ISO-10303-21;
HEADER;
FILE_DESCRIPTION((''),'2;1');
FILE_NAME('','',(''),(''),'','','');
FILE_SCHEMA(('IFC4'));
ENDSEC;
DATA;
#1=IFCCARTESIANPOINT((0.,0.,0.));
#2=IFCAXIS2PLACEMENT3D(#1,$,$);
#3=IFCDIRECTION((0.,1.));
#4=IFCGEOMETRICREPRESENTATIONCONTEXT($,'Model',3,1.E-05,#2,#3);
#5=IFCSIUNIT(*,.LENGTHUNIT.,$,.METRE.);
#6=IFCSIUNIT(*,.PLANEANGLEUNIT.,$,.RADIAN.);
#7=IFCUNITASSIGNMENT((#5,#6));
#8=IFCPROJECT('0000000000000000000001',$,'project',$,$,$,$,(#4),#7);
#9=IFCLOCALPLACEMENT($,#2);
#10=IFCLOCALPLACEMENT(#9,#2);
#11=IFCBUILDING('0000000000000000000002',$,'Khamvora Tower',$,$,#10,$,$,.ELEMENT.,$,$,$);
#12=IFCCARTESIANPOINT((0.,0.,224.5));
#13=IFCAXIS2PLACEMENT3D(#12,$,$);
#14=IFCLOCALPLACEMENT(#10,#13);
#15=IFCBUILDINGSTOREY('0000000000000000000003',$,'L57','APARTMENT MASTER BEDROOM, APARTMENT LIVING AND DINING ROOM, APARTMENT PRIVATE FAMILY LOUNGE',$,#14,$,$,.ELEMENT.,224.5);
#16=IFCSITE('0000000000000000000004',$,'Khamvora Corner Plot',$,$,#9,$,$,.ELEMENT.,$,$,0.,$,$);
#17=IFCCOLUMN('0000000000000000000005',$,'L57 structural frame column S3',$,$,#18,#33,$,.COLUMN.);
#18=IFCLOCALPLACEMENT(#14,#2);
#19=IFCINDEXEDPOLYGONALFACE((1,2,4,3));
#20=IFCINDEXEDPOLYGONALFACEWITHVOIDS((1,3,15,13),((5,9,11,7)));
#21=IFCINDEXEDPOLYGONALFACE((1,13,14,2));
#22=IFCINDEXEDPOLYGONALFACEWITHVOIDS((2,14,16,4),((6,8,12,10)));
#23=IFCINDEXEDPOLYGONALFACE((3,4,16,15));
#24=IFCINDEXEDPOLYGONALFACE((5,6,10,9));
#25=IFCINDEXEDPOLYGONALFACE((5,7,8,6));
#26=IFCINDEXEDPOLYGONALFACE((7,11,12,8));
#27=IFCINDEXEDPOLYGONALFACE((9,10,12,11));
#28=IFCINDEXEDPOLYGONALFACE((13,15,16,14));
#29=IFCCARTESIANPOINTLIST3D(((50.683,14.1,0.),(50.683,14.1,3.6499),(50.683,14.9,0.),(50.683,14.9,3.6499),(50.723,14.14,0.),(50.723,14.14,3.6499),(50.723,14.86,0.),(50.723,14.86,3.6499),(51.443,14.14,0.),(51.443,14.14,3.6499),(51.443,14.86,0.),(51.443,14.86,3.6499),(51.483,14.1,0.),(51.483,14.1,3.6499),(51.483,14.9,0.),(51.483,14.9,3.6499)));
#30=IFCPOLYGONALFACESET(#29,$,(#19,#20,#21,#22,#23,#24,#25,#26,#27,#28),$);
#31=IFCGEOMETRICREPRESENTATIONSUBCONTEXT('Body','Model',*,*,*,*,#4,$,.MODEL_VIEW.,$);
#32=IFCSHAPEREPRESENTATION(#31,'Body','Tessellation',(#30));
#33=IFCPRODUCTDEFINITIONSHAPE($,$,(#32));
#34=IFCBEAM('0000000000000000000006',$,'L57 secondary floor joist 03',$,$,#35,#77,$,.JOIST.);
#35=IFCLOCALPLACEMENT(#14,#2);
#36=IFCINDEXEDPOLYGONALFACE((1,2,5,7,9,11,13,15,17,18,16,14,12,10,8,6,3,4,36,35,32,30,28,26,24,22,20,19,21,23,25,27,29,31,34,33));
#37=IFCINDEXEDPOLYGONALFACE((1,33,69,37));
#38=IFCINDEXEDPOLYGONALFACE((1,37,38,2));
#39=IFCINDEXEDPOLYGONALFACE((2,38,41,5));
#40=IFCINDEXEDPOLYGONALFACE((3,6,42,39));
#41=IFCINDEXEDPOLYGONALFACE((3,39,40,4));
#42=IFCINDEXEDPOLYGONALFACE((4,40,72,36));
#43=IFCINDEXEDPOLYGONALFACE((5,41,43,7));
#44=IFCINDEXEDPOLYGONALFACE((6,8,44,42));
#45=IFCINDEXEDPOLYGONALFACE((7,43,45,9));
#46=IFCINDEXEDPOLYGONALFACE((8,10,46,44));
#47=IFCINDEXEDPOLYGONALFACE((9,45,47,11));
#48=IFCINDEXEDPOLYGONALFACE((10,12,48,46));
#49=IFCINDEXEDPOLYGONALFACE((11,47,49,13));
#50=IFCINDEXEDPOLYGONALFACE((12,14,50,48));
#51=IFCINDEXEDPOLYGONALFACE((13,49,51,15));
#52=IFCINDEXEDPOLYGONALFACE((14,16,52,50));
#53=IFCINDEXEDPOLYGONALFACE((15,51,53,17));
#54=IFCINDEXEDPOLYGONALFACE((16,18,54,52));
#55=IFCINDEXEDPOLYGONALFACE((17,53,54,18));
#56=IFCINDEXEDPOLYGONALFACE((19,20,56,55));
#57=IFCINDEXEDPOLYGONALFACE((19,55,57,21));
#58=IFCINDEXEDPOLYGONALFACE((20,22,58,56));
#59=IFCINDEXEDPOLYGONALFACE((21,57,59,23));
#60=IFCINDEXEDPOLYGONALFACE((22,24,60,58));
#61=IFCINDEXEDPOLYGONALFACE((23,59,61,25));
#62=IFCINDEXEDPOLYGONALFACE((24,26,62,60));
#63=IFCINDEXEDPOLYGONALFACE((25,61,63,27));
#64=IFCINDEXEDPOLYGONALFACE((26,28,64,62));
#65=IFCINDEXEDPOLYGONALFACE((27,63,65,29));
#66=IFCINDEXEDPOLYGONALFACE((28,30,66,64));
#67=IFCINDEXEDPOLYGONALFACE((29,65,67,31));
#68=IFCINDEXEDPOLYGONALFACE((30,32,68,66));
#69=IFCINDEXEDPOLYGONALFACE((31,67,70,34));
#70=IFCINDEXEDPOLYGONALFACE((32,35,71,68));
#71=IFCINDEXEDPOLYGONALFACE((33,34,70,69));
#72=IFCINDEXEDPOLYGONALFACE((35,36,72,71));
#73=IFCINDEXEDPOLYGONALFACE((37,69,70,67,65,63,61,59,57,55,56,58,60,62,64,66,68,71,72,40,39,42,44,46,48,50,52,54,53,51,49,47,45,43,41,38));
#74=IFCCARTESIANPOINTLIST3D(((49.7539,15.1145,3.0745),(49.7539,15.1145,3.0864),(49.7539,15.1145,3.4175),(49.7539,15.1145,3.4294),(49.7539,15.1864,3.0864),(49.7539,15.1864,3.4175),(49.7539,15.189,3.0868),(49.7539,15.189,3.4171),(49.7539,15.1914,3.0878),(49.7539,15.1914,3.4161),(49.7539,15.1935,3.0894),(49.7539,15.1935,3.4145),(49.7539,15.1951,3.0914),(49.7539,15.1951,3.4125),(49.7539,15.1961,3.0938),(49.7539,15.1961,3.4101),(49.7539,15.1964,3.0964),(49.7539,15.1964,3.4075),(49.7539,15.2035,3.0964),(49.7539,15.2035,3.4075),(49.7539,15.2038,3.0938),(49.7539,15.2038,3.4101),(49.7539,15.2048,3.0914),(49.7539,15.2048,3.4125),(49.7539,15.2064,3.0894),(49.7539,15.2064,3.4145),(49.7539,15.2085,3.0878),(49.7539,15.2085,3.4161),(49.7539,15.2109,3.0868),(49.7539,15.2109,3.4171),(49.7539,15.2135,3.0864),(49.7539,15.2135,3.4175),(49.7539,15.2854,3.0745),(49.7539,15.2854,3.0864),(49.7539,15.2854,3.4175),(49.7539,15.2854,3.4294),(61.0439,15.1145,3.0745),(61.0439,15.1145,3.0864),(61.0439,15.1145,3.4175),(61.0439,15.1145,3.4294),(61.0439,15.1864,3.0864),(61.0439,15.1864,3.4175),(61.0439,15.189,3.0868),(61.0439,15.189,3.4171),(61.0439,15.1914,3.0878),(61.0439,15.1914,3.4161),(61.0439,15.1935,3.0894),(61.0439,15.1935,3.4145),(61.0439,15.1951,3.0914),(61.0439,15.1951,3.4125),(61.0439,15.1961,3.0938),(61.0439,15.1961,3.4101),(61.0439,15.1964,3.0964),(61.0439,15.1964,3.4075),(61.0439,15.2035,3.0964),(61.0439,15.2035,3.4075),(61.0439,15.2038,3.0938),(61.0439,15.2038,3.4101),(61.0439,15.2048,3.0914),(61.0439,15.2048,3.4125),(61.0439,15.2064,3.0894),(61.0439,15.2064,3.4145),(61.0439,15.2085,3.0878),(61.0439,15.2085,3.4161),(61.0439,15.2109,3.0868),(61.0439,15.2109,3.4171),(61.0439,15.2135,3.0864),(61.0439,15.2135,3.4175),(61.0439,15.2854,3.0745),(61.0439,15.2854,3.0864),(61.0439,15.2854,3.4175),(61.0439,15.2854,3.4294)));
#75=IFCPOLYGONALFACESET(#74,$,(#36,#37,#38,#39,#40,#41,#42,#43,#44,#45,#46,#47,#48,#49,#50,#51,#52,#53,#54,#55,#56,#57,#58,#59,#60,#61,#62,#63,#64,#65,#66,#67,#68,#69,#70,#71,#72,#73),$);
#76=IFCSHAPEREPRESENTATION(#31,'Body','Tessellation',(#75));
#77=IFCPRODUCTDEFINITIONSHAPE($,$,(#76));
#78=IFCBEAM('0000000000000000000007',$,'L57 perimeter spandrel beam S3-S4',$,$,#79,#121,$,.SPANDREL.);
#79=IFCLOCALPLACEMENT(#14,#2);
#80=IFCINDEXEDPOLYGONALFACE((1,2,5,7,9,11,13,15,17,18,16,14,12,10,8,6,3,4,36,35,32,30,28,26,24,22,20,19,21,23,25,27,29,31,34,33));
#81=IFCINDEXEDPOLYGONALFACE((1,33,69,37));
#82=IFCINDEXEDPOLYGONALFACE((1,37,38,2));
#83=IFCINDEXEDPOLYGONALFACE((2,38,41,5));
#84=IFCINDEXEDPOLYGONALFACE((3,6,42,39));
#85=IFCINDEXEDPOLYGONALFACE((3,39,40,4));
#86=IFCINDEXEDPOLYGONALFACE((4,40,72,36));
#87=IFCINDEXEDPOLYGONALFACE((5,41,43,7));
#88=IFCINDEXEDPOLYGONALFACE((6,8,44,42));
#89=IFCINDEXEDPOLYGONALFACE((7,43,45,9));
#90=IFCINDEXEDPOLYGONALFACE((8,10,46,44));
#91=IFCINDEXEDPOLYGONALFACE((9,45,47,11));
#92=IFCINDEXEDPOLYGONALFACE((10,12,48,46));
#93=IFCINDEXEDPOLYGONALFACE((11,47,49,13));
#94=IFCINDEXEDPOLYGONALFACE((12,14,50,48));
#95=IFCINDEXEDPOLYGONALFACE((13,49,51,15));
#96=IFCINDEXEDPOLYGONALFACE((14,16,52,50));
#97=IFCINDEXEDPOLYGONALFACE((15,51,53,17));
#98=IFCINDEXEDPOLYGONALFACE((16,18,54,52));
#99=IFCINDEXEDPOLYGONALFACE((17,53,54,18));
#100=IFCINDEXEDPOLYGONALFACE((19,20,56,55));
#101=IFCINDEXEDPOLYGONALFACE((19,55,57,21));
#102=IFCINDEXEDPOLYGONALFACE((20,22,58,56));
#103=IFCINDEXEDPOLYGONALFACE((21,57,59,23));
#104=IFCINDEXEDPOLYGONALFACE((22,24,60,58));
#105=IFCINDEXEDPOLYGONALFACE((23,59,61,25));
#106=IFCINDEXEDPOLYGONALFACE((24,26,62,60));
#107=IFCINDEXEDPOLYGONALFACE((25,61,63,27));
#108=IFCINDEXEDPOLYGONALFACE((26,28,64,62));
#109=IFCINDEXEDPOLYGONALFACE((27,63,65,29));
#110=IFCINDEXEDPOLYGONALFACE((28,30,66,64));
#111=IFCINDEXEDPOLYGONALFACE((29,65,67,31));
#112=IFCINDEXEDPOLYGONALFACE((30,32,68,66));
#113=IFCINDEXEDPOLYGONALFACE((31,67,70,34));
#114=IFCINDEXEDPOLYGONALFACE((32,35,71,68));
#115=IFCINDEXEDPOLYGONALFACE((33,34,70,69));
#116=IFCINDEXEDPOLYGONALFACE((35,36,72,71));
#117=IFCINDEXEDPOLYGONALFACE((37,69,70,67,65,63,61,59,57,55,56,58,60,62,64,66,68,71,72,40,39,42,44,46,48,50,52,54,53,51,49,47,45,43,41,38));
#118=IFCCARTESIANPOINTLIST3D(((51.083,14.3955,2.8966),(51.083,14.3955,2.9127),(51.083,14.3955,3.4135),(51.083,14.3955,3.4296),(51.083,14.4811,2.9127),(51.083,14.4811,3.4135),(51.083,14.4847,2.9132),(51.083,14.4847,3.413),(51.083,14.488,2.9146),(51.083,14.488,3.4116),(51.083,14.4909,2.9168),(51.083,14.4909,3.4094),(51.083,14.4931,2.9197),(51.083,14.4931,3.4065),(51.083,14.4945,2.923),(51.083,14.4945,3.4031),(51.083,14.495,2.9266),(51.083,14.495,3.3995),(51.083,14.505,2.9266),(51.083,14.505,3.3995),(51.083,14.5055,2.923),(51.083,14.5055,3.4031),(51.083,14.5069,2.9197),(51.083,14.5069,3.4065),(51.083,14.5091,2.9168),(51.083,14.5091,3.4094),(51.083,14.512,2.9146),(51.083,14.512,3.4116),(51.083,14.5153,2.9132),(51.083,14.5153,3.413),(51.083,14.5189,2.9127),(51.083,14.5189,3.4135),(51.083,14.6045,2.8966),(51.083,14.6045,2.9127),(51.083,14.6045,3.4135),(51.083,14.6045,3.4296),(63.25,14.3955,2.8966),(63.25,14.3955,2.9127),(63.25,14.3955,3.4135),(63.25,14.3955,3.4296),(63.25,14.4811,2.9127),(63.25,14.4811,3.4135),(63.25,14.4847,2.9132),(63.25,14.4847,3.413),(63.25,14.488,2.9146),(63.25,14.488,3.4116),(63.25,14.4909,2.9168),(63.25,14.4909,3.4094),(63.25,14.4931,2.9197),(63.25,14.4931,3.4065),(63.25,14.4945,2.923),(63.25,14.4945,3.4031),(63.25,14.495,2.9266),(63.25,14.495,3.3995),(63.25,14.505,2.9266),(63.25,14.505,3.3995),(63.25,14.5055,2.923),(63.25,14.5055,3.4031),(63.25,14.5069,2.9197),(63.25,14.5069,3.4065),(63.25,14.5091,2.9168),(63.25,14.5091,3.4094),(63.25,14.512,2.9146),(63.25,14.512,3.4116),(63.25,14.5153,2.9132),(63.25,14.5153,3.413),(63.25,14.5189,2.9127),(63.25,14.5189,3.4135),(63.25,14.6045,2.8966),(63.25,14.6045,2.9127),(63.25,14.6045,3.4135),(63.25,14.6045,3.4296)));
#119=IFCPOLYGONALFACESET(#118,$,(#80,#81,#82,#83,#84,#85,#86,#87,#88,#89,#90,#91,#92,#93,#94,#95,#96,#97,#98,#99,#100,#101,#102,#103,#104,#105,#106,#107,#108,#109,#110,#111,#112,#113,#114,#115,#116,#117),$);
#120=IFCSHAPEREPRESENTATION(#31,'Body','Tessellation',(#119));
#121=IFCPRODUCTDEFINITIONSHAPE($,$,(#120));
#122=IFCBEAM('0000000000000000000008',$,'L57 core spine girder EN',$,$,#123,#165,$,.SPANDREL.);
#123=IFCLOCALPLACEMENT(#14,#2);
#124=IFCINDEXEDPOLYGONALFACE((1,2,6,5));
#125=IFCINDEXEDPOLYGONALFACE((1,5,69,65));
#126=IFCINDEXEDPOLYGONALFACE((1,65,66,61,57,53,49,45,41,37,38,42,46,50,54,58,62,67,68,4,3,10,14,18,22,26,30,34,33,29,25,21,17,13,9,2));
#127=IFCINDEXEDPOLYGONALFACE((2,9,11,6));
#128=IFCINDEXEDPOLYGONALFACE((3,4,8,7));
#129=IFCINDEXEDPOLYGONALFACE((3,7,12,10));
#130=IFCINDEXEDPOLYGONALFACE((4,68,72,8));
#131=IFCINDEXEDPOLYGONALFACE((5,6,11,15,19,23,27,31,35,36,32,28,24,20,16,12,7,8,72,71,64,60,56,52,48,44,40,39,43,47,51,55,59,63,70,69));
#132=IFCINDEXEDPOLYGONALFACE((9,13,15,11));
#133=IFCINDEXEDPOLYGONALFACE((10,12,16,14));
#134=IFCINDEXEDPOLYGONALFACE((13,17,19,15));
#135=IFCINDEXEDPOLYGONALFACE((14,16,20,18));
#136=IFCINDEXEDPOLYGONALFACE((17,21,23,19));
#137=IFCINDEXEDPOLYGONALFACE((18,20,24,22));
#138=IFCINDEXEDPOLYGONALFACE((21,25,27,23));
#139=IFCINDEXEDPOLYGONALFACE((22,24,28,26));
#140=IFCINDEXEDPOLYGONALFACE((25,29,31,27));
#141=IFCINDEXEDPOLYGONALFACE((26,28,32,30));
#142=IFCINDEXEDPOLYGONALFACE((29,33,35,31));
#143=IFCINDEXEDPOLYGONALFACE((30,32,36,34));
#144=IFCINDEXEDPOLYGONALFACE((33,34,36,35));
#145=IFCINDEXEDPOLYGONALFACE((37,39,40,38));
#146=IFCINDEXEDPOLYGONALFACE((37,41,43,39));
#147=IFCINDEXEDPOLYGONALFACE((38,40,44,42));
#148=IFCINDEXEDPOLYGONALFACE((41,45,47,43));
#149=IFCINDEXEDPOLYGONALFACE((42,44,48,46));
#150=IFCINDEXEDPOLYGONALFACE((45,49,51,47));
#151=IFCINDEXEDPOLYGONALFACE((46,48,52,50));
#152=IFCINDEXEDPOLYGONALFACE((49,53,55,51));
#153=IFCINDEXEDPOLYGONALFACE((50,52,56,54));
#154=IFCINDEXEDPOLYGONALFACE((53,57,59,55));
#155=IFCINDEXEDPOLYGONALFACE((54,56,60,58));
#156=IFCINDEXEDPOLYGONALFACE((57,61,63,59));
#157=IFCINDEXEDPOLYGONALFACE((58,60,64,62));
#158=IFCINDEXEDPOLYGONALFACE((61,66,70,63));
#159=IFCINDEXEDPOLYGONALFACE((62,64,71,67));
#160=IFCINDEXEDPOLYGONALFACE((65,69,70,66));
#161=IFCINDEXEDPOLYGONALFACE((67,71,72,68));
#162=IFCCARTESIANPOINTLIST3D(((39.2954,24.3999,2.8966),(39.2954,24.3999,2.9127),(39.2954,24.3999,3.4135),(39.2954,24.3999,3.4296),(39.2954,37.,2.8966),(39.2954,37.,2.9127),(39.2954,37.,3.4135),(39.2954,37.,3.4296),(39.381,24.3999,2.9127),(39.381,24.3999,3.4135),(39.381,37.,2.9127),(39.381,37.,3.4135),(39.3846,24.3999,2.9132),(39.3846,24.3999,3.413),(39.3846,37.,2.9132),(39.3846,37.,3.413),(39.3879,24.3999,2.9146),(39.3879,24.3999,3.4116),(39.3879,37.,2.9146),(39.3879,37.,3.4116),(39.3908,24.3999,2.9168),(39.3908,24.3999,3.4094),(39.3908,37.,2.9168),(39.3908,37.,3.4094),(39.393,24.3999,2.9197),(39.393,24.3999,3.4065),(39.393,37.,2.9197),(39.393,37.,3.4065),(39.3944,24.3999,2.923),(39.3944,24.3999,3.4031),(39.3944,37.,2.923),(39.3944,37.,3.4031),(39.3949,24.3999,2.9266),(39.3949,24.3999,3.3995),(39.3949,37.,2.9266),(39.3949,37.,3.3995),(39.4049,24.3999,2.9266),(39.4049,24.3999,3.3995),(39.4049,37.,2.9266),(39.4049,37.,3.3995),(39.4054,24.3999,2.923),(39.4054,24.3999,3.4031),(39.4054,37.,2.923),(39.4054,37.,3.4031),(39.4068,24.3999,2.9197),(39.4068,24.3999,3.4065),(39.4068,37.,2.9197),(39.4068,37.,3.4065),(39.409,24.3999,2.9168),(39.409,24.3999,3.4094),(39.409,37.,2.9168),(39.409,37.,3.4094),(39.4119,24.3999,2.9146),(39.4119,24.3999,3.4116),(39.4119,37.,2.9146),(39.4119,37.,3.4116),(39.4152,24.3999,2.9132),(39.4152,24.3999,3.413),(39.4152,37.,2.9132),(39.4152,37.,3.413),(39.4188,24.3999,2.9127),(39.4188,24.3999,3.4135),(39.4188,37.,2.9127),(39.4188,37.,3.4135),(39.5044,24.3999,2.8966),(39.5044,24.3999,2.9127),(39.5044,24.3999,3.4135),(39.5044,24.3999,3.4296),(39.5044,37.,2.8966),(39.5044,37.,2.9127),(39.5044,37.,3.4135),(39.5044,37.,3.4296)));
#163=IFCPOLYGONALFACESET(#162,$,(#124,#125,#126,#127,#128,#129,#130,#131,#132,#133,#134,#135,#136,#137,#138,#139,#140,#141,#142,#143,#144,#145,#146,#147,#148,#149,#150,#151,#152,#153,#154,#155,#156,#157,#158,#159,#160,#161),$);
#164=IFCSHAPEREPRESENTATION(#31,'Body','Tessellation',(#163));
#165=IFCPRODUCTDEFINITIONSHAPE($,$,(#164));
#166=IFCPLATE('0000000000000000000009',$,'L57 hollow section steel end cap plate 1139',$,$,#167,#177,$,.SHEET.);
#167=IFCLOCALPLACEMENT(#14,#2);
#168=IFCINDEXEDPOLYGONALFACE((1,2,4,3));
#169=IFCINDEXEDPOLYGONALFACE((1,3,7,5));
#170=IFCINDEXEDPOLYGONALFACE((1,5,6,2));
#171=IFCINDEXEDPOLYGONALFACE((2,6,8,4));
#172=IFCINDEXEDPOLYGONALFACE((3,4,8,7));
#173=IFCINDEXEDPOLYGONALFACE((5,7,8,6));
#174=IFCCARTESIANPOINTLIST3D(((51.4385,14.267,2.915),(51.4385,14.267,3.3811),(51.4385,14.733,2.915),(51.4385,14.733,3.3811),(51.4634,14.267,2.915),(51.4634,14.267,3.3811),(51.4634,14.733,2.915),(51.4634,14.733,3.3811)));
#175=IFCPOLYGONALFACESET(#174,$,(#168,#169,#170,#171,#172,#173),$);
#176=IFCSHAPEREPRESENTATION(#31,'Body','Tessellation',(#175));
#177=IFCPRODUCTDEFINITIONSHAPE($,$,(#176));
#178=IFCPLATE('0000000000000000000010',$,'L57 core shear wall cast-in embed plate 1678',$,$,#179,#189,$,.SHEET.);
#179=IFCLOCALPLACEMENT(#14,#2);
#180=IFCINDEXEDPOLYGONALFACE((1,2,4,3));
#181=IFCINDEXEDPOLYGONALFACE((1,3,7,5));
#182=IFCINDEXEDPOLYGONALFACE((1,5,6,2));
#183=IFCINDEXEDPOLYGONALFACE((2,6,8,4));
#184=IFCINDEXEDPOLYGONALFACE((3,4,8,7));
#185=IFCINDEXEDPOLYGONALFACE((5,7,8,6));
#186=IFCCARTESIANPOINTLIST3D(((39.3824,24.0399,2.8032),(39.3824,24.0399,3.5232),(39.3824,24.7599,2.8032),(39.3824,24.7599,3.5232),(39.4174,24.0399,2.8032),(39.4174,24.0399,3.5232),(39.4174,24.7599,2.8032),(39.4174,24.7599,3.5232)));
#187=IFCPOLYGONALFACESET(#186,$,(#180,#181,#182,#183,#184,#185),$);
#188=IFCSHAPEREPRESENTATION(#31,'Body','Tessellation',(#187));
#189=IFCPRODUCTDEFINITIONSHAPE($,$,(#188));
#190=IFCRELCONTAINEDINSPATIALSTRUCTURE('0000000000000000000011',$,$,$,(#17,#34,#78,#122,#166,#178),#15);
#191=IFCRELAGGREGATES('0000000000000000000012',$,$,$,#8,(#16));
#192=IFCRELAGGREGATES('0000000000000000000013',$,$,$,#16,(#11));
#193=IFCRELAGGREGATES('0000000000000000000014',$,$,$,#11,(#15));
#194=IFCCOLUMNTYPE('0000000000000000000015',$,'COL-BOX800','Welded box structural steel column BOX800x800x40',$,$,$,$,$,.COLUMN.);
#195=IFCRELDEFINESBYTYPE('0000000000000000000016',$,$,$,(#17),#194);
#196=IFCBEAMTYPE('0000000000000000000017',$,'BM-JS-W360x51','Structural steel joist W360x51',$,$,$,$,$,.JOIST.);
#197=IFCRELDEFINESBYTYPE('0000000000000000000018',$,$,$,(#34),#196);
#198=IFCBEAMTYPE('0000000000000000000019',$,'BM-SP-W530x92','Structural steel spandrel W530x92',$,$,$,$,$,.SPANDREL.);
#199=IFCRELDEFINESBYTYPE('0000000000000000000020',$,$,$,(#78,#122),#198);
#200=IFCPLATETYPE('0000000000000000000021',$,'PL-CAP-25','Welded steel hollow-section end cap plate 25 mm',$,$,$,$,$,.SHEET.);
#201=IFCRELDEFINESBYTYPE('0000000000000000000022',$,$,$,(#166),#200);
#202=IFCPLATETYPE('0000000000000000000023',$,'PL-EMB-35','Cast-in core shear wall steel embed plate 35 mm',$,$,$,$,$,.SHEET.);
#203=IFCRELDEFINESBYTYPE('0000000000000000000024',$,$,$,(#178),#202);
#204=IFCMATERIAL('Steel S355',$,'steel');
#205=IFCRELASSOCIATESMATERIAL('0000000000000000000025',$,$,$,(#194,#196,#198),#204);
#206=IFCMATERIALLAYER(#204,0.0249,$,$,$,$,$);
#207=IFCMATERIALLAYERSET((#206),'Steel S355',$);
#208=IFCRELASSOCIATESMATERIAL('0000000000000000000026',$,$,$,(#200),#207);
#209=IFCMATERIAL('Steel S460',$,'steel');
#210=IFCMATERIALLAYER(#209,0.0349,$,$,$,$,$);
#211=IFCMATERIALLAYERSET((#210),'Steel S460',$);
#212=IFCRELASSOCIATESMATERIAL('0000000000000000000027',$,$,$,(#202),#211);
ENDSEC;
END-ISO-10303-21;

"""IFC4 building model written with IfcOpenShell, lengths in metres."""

from ifc_helpers import new_model, si_unit, direction, frame, origin, origin_2d, place, context, subcontext, project, spatial, rectangle, hollow_rectangle, i_section, extrude, material, layer, layer_set, material_profile, profile_set, type_object, element, save


model = new_model("IFC4")

# Units and contexts
model_context = context("Model", 3, precision=1e-05, world=origin(), true_north=direction((0.0, 1.0)))
body_context = subcontext(model_context, "Body", "Model", "MODEL_VIEW")
ifc_project = project(units=[si_unit("LENGTHUNIT", "METRE"), si_unit("PLANEANGLEUNIT", "RADIAN")], contexts=[model_context])

# Site, building, storey
site_placement = place(None, origin())
site = spatial("IfcSite", under=ifc_project, at=site_placement, Name="Khamvora Corner Plot", CompositionType="ELEMENT", RefElevation=0.0)
building_placement = place(site_placement, origin())
building = spatial("IfcBuilding", under=site, at=building_placement, Name="Khamvora Tower", CompositionType="ELEMENT")
storey_placement = place(building_placement, frame((0.0, 0.0, 224.5)))
storey = spatial("IfcBuildingStorey", under=building, at=storey_placement, Name="L57", Description="APARTMENT MASTER BEDROOM, APARTMENT LIVING AND DINING ROOM, APARTMENT PRIVATE FAMILY LOUNGE", CompositionType="ELEMENT", Elevation=224.5)

# Column
ifc_material_1 = material(Name="Steel S355", Category="steel")
ifc_material_profile_1 = material_profile(ifc_material_1, hollow_rectangle(XDim=0.8, YDim=0.8, WallThickness=0.04, at=origin_2d()), Name="BOX800x800x40")
ifc_profile_set_1 = profile_set([ifc_material_profile_1], Name="Steel S355")
column_type = type_object("IfcColumnType", Name="COL-BOX800", Description="Welded box structural steel column BOX800x800x40", PredefinedType="COLUMN", material=ifc_profile_set_1)
column_placement = place(storey_placement, frame((51.083, 14.5, 0.0), z_axis=(0.0, 0.0, 1.0), x_axis=(1.0, 0.0, 0.0)))
element("IfcColumn", 1, at=column_placement, inside=storey, type_object=column_type, Name="L57 structural frame column S3", PredefinedType="COLUMN", context=body_context, shape_type="SweptSolid", body=[
    extrude(hollow_rectangle(XDim=0.8, YDim=0.8, WallThickness=0.04, at=origin_2d()), origin(), (0.0, 0.0, 1.0), 3.6499),
])

# Beams
ifc_material_profile_2 = material_profile(ifc_material_1, i_section(OverallWidth=0.1709, OverallDepth=0.355, WebThickness=0.0071, FlangeThickness=0.012, FilletRadius=0.01, at=origin_2d()), Name="W360x51")
ifc_profile_set_2 = profile_set([ifc_material_profile_2], Name="Steel S355")
beam_type_1 = type_object("IfcBeamType", Name="BM-JS-W360x51", Description="Structural steel joist W360x51", PredefinedType="JOIST", material=ifc_profile_set_2)
beam_1_placement = place(storey_placement, frame((49.7539, 15.2, 3.252), z_axis=(1.0, 0.0, 0.0), x_axis=(0.0, 1.0, 0.0)))
element("IfcBeam", 2, at=beam_1_placement, inside=storey, type_object=beam_type_1, Name="L57 secondary floor joist 03", PredefinedType="JOIST", context=body_context, shape_type="SweptSolid", body=[
    extrude(i_section(OverallWidth=0.1709, OverallDepth=0.355, WebThickness=0.0071, FlangeThickness=0.012, FilletRadius=0.01, at=origin_2d()), origin(), (0.0, 0.0, 1.0), 11.29),
])
ifc_material_profile_3 = material_profile(ifc_material_1, i_section(OverallWidth=0.209, OverallDepth=0.533, WebThickness=0.01, FlangeThickness=0.0161, FilletRadius=0.0139, at=origin_2d()), Name="W530x92")
ifc_profile_set_3 = profile_set([ifc_material_profile_3], Name="Steel S355")
beam_type_2 = type_object("IfcBeamType", Name="BM-SP-W530x92", Description="Structural steel spandrel W530x92", PredefinedType="SPANDREL", material=ifc_profile_set_3)
beam_2_placement = place(storey_placement, frame((51.083, 14.5, 3.1631), z_axis=(1.0, 0.0, 0.0), x_axis=(0.0, 1.0, 0.0)))
element("IfcBeam", 3, at=beam_2_placement, inside=storey, type_object=beam_type_2, Name="L57 perimeter spandrel beam S3-S4", PredefinedType="SPANDREL", context=body_context, shape_type="SweptSolid", body=[
    extrude(i_section(OverallWidth=0.209, OverallDepth=0.533, WebThickness=0.01, FlangeThickness=0.0161, FilletRadius=0.0139, at=origin_2d()), origin(), (0.0, 0.0, 1.0), 12.167),
])
beam_3_placement = place(storey_placement, frame((39.3999, 24.3999, 3.1631), z_axis=(0.0, 1.0, 0.0), x_axis=(-1.0, 0.0, 0.0)))
element("IfcBeam", 4, at=beam_3_placement, inside=storey, type_object=beam_type_2, Name="L57 core spine girder EN", PredefinedType="SPANDREL", context=body_context, shape_type="SweptSolid", body=[
    extrude(i_section(OverallWidth=0.209, OverallDepth=0.533, WebThickness=0.01, FlangeThickness=0.0161, FilletRadius=0.0139, at=origin_2d()), origin(), (0.0, 0.0, 1.0), 12.6001),
])

# Plates
ifc_layer_1 = layer(ifc_material_1, 0.0249)
ifc_layer_set_1 = layer_set([ifc_layer_1], Name="Steel S355")
plate_type_1 = type_object("IfcPlateType", Name="PL-CAP-25", Description="Welded steel hollow-section end cap plate 25 mm", PredefinedType="SHEET", material=ifc_layer_set_1)
plate_1_placement = place(storey_placement, frame((51.4509, 14.5, 2.915), z_axis=(0.0, 0.0, 1.0), x_axis=(-1.0, 0.0, 0.0)))
element("IfcPlate", 5, at=plate_1_placement, inside=storey, type_object=plate_type_1, Name="L57 hollow section steel end cap plate 1139", PredefinedType="SHEET", context=body_context, shape_type="SweptSolid", body=[
    extrude(rectangle(XDim=0.0249, YDim=0.4661, at=origin_2d()), origin(), (0.0, 0.0, 1.0), 0.4661),
])
ifc_material_2 = material(Name="Steel S460", Category="steel")
ifc_layer_2 = layer(ifc_material_2, 0.0349)
ifc_layer_set_2 = layer_set([ifc_layer_2], Name="Steel S460")
plate_type_2 = type_object("IfcPlateType", Name="PL-EMB-35", Description="Cast-in core shear wall steel embed plate 35 mm", PredefinedType="SHEET", material=ifc_layer_set_2)
plate_2_placement = place(storey_placement, frame((39.3999, 24.3999, 2.8032), z_axis=(0.0, 0.0, 1.0), x_axis=(1.0, 0.0, 0.0)))
element("IfcPlate", 6, at=plate_2_placement, inside=storey, type_object=plate_type_2, Name="L57 core shear wall cast-in embed plate 1678", PredefinedType="SHEET", context=body_context, shape_type="SweptSolid", body=[
    extrude(rectangle(XDim=0.0349, YDim=0.72, at=origin_2d()), origin(), (0.0, 0.0, 1.0), 0.72),
])

save(model, "model.ifc")
